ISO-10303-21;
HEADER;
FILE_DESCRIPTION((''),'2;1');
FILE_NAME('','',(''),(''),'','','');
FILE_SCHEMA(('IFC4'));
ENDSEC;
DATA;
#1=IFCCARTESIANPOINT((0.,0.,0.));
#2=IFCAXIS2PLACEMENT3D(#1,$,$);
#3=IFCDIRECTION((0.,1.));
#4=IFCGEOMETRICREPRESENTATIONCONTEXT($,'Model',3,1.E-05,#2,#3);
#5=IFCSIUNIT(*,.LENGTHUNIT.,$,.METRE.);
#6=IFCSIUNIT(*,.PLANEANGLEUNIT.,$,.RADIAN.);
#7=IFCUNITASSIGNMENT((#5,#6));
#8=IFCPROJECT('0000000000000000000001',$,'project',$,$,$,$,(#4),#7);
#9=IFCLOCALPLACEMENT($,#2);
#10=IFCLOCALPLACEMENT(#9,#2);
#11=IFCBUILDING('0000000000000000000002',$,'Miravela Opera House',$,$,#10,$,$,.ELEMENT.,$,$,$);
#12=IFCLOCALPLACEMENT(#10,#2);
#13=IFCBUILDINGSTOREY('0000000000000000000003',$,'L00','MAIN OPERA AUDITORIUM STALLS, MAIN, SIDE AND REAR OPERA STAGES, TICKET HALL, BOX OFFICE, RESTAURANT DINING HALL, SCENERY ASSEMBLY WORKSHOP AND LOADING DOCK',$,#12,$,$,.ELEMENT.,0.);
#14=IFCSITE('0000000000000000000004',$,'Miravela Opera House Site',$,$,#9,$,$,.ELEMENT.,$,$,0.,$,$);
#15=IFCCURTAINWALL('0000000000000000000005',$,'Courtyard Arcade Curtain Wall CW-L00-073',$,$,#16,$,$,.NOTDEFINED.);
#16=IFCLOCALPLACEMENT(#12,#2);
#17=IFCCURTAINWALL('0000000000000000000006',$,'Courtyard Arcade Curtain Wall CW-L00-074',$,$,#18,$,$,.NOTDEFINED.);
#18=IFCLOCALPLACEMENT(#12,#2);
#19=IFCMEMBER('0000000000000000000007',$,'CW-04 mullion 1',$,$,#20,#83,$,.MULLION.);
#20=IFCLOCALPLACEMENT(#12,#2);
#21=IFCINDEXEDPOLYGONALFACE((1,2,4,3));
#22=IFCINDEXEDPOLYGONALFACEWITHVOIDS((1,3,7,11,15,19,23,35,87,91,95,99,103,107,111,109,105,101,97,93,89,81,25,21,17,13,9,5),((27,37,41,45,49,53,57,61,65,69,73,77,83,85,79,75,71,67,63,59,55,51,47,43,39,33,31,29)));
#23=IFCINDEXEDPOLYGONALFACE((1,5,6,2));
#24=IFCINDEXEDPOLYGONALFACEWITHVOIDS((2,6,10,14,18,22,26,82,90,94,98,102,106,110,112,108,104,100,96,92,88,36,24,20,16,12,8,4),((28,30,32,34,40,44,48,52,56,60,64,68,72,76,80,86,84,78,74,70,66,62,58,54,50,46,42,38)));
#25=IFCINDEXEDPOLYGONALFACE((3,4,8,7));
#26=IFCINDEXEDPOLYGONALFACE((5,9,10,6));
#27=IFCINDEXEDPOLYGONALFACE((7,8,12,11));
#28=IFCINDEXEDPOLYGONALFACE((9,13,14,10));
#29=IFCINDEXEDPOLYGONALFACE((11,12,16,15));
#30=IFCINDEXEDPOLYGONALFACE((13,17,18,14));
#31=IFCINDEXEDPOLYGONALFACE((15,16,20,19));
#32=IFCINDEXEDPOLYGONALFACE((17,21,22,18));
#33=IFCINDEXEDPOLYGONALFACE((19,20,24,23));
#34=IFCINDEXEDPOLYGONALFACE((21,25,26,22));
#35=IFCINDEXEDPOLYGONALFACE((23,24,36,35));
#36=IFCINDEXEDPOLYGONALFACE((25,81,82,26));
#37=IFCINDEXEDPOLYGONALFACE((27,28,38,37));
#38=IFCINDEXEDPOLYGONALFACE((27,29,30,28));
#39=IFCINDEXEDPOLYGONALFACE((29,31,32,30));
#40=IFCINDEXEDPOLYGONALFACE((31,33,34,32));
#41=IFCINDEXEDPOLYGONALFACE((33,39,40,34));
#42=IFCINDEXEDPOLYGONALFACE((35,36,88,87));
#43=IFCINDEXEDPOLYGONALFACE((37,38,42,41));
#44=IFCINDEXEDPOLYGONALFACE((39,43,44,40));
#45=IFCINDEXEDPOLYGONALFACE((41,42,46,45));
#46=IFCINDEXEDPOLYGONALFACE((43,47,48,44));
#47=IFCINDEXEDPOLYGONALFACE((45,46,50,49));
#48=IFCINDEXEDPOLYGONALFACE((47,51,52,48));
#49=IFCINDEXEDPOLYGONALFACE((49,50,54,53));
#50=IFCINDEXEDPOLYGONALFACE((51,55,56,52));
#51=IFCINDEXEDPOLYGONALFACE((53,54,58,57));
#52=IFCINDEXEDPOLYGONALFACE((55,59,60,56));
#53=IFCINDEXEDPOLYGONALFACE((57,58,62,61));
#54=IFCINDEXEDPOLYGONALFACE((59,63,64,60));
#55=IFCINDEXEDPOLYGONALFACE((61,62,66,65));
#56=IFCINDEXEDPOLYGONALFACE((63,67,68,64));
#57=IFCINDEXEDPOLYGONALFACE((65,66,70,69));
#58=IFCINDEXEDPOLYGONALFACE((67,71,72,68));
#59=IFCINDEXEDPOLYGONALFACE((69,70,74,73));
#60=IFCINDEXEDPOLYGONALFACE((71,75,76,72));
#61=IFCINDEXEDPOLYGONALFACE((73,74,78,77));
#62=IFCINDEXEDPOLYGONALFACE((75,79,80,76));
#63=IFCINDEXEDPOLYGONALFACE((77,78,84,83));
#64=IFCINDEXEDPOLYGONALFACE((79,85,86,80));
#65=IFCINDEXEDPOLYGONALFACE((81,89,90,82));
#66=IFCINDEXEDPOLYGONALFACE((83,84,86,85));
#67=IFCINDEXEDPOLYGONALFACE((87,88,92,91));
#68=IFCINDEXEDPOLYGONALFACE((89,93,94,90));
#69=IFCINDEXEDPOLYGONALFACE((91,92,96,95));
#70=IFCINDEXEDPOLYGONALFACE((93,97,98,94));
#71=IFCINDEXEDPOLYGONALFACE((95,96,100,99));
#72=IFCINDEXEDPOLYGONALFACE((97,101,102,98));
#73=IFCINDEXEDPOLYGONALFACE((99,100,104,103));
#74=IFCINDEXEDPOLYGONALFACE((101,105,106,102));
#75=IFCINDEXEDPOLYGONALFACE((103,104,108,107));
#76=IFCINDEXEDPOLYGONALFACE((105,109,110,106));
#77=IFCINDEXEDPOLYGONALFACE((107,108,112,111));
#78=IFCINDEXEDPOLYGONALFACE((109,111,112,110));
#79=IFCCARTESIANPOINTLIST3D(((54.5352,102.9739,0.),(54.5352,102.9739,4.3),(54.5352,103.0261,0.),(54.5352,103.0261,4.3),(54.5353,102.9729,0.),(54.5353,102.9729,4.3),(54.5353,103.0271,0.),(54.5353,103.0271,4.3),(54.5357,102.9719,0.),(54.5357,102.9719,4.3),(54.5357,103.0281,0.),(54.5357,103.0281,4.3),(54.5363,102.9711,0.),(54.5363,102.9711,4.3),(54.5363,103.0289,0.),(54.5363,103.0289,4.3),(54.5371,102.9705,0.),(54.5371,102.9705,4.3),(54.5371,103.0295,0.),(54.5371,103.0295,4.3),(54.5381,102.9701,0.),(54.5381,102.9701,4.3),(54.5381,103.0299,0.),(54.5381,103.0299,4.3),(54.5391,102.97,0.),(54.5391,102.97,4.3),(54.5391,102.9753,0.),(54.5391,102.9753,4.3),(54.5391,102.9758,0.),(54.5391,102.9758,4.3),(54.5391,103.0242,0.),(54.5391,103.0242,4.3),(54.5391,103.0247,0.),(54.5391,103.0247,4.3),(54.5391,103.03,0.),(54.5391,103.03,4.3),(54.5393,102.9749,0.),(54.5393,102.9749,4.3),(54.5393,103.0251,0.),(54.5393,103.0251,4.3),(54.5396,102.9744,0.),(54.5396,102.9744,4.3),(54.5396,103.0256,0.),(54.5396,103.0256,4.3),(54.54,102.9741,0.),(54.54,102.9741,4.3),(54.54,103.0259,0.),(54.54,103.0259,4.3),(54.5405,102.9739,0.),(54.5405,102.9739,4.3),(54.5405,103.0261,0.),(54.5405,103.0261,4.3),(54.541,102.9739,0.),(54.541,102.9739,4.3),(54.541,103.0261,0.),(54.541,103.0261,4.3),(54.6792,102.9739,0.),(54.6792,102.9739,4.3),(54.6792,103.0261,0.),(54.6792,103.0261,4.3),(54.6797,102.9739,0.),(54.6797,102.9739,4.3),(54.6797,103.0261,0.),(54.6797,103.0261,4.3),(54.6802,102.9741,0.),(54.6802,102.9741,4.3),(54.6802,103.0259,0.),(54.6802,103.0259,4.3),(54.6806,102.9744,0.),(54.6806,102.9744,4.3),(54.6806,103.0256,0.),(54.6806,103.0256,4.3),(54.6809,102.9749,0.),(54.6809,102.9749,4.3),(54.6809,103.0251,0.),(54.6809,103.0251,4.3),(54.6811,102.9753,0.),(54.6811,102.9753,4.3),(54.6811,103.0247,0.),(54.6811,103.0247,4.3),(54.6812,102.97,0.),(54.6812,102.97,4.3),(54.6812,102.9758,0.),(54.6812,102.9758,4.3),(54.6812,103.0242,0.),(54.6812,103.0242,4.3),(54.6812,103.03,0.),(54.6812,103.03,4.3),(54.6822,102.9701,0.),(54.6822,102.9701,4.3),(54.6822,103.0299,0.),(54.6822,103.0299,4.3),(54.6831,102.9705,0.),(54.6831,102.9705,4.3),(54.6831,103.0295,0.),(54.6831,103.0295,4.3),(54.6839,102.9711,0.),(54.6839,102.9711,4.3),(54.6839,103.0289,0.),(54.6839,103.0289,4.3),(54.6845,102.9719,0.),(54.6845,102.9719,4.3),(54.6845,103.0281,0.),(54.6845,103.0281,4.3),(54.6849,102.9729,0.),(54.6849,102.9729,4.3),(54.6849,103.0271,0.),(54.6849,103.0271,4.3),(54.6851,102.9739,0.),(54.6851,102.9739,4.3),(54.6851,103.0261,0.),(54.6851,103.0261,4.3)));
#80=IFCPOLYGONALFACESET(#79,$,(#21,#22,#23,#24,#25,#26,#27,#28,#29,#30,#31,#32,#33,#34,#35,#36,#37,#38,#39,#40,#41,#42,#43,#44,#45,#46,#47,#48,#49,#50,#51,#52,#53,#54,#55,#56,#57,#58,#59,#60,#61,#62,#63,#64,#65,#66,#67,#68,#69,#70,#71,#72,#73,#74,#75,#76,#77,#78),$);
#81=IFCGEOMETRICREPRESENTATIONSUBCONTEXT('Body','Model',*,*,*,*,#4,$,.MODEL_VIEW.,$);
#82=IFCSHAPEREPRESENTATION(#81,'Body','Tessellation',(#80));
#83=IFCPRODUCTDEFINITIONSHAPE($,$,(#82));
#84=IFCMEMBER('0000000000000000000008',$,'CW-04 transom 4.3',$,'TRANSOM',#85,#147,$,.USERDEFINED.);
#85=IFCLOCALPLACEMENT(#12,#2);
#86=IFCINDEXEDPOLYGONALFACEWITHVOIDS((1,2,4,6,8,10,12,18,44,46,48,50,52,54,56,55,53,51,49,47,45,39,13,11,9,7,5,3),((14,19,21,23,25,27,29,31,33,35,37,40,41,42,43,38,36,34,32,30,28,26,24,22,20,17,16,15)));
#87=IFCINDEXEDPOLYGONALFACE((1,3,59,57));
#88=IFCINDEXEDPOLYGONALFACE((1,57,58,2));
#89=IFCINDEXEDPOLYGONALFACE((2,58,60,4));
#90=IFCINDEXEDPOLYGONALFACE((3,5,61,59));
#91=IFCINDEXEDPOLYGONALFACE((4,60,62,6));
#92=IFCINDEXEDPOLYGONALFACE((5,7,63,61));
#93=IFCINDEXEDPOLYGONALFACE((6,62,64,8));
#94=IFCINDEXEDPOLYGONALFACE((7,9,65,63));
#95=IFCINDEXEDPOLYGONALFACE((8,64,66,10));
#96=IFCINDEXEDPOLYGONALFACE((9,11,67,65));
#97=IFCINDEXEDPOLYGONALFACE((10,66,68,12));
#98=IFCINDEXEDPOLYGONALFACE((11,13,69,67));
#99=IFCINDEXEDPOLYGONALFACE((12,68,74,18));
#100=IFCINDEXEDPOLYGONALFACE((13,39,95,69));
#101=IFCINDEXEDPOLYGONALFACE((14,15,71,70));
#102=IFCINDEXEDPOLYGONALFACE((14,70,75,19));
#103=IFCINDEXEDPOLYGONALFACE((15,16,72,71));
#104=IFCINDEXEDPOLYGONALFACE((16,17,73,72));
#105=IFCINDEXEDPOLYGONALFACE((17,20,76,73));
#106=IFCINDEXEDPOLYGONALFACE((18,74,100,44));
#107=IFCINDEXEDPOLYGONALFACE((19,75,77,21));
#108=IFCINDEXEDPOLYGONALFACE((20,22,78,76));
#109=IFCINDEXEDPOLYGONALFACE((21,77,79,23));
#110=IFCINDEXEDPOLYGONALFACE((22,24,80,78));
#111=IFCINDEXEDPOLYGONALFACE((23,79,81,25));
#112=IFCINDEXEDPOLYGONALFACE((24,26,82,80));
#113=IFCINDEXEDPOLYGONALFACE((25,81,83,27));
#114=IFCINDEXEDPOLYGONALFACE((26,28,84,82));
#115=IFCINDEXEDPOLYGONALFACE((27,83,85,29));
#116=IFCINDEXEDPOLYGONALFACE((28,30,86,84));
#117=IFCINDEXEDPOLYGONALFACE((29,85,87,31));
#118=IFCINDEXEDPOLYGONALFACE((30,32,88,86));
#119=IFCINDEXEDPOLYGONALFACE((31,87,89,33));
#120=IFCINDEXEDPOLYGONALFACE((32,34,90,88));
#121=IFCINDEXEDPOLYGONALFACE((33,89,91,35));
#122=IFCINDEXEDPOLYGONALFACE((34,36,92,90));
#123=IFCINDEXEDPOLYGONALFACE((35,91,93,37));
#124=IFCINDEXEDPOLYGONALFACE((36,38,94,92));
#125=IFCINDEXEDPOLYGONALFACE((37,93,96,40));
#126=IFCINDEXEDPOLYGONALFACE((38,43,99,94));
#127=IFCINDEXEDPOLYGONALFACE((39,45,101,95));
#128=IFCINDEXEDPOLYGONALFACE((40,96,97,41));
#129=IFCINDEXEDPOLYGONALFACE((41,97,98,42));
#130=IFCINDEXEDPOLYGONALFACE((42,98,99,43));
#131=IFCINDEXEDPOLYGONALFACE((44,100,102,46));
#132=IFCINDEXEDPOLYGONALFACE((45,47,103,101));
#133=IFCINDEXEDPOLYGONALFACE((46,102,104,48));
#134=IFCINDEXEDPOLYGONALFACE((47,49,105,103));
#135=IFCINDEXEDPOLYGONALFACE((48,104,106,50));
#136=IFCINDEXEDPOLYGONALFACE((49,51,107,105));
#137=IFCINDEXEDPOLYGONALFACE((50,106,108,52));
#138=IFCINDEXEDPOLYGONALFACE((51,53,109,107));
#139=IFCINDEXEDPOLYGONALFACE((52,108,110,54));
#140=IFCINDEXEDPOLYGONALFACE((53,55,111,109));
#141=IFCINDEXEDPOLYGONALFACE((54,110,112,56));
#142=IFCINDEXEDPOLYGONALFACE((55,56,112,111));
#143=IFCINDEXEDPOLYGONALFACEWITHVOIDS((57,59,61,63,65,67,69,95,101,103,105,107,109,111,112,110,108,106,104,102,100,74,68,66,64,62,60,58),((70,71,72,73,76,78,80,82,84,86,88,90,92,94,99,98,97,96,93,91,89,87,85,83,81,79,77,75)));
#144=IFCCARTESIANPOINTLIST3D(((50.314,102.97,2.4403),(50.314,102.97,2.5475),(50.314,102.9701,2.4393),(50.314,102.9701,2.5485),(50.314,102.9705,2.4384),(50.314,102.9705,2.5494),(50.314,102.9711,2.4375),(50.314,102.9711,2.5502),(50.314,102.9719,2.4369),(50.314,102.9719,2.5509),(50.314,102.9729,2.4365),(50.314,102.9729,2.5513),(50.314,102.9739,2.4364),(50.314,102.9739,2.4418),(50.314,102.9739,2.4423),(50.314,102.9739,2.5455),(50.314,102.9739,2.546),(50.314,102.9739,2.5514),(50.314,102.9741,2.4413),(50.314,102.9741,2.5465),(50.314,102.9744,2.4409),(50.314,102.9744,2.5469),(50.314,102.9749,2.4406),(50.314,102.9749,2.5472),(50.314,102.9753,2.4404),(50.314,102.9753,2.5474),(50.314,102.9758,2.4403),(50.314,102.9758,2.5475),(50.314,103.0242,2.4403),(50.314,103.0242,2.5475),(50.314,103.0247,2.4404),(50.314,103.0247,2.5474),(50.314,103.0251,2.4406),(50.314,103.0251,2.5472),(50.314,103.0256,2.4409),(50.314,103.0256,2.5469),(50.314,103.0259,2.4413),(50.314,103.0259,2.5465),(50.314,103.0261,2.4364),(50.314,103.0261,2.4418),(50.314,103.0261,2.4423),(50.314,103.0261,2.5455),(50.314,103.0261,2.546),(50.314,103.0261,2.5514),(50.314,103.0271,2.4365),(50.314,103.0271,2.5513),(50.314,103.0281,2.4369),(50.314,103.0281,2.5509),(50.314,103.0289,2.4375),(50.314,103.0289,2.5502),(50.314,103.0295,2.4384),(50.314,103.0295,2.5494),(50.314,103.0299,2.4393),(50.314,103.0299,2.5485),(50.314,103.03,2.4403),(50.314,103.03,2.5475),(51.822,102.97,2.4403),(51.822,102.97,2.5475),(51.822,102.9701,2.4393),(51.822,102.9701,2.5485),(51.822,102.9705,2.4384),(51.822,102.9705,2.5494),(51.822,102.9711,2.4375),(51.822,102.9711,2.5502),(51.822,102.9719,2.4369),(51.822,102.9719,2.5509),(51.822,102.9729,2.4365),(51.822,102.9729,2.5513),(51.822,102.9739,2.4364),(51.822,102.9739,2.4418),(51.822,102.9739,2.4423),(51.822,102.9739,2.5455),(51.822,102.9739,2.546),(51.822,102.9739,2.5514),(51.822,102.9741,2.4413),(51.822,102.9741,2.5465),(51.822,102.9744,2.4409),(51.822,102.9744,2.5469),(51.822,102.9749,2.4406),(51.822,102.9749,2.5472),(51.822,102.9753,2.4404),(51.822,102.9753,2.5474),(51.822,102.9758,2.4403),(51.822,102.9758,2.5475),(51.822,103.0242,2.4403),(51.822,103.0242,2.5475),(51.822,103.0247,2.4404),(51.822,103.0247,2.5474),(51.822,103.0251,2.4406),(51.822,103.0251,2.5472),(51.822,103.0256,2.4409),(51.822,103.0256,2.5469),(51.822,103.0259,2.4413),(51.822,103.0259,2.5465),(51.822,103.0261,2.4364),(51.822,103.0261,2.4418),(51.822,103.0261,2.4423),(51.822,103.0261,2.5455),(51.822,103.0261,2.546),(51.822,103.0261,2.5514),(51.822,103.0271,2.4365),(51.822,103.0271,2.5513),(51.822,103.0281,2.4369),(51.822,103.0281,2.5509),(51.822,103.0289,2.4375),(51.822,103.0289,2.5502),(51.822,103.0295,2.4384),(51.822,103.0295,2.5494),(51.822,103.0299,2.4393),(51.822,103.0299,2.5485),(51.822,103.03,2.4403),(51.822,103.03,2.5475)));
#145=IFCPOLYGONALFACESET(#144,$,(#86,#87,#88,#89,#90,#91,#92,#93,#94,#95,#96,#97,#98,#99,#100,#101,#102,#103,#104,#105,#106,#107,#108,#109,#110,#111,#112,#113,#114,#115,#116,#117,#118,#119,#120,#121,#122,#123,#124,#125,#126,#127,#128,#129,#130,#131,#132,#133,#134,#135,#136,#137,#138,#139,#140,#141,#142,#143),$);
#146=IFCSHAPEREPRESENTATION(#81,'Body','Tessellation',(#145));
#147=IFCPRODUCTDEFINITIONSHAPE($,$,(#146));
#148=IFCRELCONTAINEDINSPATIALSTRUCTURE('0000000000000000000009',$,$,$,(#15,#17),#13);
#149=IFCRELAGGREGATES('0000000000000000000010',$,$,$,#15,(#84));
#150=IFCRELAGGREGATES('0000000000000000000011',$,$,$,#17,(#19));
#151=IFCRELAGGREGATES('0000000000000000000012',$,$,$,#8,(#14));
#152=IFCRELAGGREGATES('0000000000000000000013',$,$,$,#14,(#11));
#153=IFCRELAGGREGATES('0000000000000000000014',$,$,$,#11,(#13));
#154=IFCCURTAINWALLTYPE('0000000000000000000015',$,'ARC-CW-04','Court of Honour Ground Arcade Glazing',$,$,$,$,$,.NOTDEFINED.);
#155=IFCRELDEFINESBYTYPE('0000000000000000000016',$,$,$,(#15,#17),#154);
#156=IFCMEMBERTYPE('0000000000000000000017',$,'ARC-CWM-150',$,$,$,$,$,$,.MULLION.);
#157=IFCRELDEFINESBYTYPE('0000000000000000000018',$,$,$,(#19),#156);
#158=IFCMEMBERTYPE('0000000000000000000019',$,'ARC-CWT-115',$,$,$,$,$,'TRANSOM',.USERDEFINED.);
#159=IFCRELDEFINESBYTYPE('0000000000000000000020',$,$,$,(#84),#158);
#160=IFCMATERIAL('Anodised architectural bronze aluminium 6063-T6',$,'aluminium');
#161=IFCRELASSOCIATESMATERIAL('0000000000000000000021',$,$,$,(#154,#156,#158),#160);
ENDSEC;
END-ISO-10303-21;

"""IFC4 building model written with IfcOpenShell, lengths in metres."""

from ifc_helpers import new_model, si_unit, direction, frame, origin, origin_2d, place, context, subcontext, project, spatial, hollow_rectangle, extrude, material, material_profile, profile_set, type_object, element, aggregate, save


model = new_model("IFC4")

# Units and contexts
model_context = context("Model", 3, precision=1e-05, world=origin(), true_north=direction((0.0, 1.0)))
body_context = subcontext(model_context, "Body", "Model", "MODEL_VIEW")
ifc_project = project(units=[si_unit("LENGTHUNIT", "METRE"), si_unit("PLANEANGLEUNIT", "RADIAN")], contexts=[model_context])

# Site, building, storey
site_placement = place(None, origin())
site = spatial("IfcSite", under=ifc_project, at=site_placement, Name="Miravela Opera House Site", CompositionType="ELEMENT", RefElevation=0.0)
building_placement = place(site_placement, origin())
building = spatial("IfcBuilding", under=site, at=building_placement, Name="Miravela Opera House", CompositionType="ELEMENT")
storey_placement = place(building_placement, origin())
storey = spatial("IfcBuildingStorey", under=building, at=storey_placement, Name="L00", Description="MAIN OPERA AUDITORIUM STALLS, MAIN, SIDE AND REAR OPERA STAGES, TICKET HALL, BOX OFFICE, RESTAURANT DINING HALL, SCENERY ASSEMBLY WORKSHOP AND LOADING DOCK", CompositionType="ELEMENT", Elevation=0.0)

# Curtain wall
ifc_material_1 = material(Name="Anodised architectural bronze aluminium 6063-T6", Category="aluminium")
curtain_wall_type = type_object("IfcCurtainWallType", Name="ARC-CW-04", Description="Court of Honour Ground Arcade Glazing", PredefinedType="NOTDEFINED", material=ifc_material_1)
curtain_wall_1_placement = place(storey_placement, origin())
curtain_wall_1 = element("IfcCurtainWall", 1, at=curtain_wall_1_placement, inside=storey, type_object=curtain_wall_type, Name="Courtyard Arcade Curtain Wall CW-L00-073", PredefinedType="NOTDEFINED")
ifc_material_profile_1 = material_profile(ifc_material_1, hollow_rectangle(XDim=0.0601, YDim=0.1499, WallThickness=0.0039, InnerFilletRadius=0.002, OuterFilletRadius=0.0039, at=origin_2d()), Name="CWM-60X150")
ifc_profile_set_1 = profile_set([ifc_material_profile_1])
member_type_1 = type_object("IfcMemberType", Name="ARC-CWM-150", PredefinedType="MULLION", material=ifc_profile_set_1)

# Curtain wall, member
curtain_wall_2_placement = place(storey_placement, origin())
curtain_wall_2 = element("IfcCurtainWall", 2, at=curtain_wall_2_placement, inside=storey, type_object=curtain_wall_type, Name="Courtyard Arcade Curtain Wall CW-L00-074", PredefinedType="NOTDEFINED")
member_1_placement = place(storey_placement, frame((54.6101, 103.0, 0.0), z_axis=(0.0, 0.0, 1.0), x_axis=(0.0, 1.0, 0.0)))
member_1 = element("IfcMember", 3, at=member_1_placement, type_object=member_type_1, Name="CW-04 mullion 1", PredefinedType="MULLION", context=body_context, shape_type="SweptSolid", body=[
    extrude(hollow_rectangle(XDim=0.0601, YDim=0.1499, WallThickness=0.0039, InnerFilletRadius=0.002, OuterFilletRadius=0.0039, at=origin_2d()), origin(), (0.0, 0.0, 1.0), 4.3),
])

# Member
ifc_material_profile_2 = material_profile(ifc_material_1, hollow_rectangle(XDim=0.0601, YDim=0.115, WallThickness=0.0039, InnerFilletRadius=0.002, OuterFilletRadius=0.0039, at=origin_2d()), Name="CWT-60X115")
ifc_profile_set_2 = profile_set([ifc_material_profile_2])
member_type_2 = type_object("IfcMemberType", Name="ARC-CWT-115", ElementType="TRANSOM", PredefinedType="USERDEFINED", material=ifc_profile_set_2)
member_2_placement = place(storey_placement, frame((50.314, 103.0, 2.4939), z_axis=(1.0, 0.0, 0.0), x_axis=(0.0, 1.0, 0.0)))
member_2 = element("IfcMember", 4, at=member_2_placement, type_object=member_type_2, Name="CW-04 transom 4.3", ObjectType="TRANSOM", PredefinedType="USERDEFINED", context=body_context, shape_type="SweptSolid", body=[
    extrude(hollow_rectangle(XDim=0.0601, YDim=0.115, WallThickness=0.0039, InnerFilletRadius=0.002, OuterFilletRadius=0.0039, at=origin_2d()), origin(), (0.0, 0.0, 1.0), 1.5081),
])

aggregate(curtain_wall_1, [member_2])
aggregate(curtain_wall_2, [member_1])

save(model, "model.ifc")
